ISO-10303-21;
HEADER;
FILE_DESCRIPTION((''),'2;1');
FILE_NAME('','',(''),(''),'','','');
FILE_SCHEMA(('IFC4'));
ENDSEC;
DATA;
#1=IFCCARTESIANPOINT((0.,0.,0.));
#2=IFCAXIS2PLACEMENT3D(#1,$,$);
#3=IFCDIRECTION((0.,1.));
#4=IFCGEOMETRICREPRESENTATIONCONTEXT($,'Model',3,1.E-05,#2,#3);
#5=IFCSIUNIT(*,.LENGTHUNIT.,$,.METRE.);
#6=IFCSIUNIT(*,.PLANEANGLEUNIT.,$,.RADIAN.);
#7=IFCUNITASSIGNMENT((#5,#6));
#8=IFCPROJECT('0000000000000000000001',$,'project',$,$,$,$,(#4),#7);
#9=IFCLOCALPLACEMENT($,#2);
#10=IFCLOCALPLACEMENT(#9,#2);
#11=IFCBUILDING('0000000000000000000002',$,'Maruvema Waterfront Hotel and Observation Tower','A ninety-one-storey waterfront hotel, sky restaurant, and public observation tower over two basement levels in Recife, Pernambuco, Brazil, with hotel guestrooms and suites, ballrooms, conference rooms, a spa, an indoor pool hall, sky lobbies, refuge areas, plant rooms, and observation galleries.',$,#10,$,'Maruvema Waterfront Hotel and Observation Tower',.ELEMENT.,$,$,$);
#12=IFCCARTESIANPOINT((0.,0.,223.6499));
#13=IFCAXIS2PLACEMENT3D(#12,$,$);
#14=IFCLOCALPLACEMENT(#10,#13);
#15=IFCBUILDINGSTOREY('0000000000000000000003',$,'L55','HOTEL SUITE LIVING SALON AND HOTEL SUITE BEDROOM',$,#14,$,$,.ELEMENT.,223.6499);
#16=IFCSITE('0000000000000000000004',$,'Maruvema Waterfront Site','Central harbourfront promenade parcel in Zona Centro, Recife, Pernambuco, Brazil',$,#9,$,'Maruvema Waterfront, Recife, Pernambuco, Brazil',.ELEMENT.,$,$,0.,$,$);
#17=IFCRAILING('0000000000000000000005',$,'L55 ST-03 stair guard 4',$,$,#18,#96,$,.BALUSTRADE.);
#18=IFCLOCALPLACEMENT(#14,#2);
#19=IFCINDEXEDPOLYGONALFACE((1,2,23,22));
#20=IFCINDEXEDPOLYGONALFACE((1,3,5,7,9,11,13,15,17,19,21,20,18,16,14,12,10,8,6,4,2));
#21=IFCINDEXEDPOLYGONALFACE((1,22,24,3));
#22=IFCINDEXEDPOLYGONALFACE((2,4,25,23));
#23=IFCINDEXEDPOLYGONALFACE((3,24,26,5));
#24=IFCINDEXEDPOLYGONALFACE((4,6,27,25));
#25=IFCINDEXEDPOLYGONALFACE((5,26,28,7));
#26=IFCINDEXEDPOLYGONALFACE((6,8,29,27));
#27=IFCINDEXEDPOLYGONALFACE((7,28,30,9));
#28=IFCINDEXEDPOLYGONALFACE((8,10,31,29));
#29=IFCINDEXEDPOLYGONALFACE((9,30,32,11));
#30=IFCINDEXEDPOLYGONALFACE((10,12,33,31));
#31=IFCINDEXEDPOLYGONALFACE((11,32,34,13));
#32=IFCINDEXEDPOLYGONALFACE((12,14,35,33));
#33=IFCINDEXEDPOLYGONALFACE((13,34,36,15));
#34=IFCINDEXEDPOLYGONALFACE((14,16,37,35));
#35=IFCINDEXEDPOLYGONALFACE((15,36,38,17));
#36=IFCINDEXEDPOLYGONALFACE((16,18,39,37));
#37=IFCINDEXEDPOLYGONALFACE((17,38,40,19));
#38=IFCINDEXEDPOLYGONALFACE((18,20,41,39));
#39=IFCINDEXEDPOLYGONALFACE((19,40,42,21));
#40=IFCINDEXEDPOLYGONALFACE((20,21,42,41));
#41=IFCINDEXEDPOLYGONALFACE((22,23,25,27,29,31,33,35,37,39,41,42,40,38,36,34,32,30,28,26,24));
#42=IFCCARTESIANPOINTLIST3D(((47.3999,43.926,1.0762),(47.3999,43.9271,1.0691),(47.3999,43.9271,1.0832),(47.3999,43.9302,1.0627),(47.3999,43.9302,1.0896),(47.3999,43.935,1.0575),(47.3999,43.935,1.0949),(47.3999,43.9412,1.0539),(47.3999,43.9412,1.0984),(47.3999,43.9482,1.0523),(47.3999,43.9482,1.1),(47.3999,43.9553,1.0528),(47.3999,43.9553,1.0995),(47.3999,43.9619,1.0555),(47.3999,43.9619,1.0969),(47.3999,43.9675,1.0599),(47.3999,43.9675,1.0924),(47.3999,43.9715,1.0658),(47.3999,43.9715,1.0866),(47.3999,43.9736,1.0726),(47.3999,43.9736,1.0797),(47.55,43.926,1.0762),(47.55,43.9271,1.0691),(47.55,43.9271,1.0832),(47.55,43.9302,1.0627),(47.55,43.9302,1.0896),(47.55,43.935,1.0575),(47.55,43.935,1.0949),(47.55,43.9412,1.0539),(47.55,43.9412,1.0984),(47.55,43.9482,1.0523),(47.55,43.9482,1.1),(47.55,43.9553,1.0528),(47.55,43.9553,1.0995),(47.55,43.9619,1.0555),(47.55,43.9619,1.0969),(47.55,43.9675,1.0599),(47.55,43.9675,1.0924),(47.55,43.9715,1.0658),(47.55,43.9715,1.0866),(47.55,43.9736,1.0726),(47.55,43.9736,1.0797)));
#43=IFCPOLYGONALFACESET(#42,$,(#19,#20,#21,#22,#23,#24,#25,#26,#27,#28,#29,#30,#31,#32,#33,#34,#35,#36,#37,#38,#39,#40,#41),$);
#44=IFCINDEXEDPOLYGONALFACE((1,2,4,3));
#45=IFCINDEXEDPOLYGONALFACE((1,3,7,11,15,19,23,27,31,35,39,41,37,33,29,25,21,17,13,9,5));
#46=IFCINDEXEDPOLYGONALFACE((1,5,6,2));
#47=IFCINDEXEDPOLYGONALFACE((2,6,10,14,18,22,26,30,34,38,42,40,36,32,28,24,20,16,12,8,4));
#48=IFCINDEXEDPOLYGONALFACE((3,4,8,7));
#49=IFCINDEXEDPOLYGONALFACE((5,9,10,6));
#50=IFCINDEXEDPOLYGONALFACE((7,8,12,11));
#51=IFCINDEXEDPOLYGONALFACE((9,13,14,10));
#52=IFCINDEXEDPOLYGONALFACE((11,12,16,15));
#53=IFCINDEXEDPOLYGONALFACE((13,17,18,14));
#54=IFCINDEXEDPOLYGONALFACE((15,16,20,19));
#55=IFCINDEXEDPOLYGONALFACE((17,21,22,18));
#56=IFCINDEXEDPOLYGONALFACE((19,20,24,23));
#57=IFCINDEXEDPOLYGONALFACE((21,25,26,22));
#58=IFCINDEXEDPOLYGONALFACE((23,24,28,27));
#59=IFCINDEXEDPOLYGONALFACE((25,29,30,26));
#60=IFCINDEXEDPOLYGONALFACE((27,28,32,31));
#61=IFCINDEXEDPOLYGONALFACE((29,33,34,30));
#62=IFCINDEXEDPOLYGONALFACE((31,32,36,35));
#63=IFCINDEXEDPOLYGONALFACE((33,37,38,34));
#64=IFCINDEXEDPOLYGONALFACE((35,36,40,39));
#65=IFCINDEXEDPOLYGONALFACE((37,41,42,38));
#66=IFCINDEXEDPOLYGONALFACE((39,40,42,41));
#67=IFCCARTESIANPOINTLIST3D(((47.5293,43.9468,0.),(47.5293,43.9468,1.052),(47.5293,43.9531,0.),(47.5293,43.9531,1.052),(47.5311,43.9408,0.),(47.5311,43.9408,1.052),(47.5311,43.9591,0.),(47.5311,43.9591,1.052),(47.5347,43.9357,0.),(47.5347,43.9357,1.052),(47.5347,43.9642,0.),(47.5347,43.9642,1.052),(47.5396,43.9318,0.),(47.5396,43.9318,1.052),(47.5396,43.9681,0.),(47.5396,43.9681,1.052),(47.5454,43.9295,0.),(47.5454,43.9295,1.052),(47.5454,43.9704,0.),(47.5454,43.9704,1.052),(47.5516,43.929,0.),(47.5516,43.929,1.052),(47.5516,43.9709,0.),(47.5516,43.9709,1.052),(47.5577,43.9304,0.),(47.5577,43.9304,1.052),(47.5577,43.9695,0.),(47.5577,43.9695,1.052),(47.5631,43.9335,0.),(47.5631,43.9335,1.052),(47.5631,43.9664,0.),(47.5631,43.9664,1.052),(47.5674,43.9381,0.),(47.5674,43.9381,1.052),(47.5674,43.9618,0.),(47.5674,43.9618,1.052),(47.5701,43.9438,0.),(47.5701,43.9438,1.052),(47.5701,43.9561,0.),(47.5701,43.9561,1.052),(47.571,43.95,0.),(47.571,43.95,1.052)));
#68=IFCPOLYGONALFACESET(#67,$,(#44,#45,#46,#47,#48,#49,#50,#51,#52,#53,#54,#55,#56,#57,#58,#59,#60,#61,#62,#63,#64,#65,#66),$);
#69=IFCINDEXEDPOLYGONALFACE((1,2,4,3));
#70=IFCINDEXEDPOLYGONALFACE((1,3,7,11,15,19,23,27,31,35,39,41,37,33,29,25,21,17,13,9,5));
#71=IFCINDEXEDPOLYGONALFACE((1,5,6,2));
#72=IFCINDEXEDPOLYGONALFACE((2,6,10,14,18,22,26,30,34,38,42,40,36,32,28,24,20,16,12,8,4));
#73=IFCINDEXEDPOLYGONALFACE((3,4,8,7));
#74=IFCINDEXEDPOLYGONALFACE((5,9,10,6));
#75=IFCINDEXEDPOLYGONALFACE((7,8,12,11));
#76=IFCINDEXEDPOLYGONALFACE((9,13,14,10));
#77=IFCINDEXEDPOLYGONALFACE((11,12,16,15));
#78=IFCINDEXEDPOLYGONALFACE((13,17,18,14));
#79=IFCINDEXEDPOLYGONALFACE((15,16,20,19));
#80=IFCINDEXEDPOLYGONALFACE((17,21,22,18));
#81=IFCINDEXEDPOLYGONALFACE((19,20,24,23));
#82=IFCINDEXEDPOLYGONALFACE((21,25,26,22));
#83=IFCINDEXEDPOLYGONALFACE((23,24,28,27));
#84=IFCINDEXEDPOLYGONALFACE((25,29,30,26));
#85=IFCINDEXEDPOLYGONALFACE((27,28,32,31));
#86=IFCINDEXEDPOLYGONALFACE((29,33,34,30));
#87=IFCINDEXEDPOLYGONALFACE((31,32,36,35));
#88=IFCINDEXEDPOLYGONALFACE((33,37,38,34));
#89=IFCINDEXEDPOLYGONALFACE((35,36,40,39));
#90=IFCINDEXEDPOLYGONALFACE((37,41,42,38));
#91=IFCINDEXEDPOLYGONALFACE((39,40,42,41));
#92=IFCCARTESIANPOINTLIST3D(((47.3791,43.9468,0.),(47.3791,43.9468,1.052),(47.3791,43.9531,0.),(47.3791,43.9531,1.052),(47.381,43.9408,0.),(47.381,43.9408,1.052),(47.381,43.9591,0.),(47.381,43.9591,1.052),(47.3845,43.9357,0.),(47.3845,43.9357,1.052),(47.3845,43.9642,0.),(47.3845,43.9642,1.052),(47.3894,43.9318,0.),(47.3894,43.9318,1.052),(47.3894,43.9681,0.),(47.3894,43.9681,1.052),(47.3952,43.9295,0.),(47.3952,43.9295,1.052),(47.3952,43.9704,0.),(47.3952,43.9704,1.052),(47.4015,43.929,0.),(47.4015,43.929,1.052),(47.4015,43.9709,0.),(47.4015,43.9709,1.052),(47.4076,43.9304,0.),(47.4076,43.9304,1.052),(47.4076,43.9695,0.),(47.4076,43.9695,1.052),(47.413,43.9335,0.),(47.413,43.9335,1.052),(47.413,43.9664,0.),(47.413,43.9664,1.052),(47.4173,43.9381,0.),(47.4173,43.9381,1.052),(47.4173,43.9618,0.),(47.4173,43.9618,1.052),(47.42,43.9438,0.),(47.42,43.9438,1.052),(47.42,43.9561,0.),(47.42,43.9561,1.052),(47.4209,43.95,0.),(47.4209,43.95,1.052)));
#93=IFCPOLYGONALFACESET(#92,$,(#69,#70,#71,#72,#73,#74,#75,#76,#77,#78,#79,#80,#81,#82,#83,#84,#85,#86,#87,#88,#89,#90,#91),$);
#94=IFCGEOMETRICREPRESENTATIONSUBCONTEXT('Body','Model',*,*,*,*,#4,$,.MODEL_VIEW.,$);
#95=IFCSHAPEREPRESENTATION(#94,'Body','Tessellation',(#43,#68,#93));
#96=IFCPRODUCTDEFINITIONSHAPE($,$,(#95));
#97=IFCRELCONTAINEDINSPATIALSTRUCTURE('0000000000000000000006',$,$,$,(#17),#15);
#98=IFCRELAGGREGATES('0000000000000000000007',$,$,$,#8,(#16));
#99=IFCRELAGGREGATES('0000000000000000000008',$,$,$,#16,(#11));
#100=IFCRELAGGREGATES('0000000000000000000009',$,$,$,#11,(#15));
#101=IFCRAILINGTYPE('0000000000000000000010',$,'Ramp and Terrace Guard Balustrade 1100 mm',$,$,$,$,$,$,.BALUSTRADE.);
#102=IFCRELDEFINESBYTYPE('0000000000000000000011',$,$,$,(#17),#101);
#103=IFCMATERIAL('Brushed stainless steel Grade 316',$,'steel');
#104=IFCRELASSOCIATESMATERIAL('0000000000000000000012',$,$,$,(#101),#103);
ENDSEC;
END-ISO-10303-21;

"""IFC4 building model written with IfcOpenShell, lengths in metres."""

from ifc_helpers import new_model, si_unit, direction, frame, origin, origin_2d, place, context, subcontext, project, spatial, circle, extrude, material, type_object, element, save


model = new_model("IFC4")

# Units and contexts
model_context = context("Model", 3, precision=1e-05, world=origin(), true_north=direction((0.0, 1.0)))
body_context = subcontext(model_context, "Body", "Model", "MODEL_VIEW")
ifc_project = project(units=[si_unit("LENGTHUNIT", "METRE"), si_unit("PLANEANGLEUNIT", "RADIAN")], contexts=[model_context])

# Site, building, storey
site_placement = place(None, origin())
site = spatial("IfcSite", under=ifc_project, at=site_placement, Name="Maruvema Waterfront Site", Description="Central harbourfront promenade parcel in Zona Centro, Recife, Pernambuco, Brazil", LongName="Maruvema Waterfront, Recife, Pernambuco, Brazil", CompositionType="ELEMENT", RefElevation=0.0)
building_placement = place(site_placement, origin())
building = spatial("IfcBuilding", under=site, at=building_placement, Name="Maruvema Waterfront Hotel and Observation Tower", Description="A ninety-one-storey waterfront hotel, sky restaurant, and public observation tower over two basement levels in Recife, Pernambuco, Brazil, with hotel guestrooms and suites, ballrooms, conference rooms, a spa, an indoor pool hall, sky lobbies, refuge areas, plant rooms, and observation galleries.", LongName="Maruvema Waterfront Hotel and Observation Tower", CompositionType="ELEMENT")
storey_placement = place(building_placement, frame((0.0, 0.0, 223.6499)))
storey = spatial("IfcBuildingStorey", under=building, at=storey_placement, Name="L55", Description="HOTEL SUITE LIVING SALON AND HOTEL SUITE BEDROOM", CompositionType="ELEMENT", Elevation=223.6499)

# Railing
ifc_material_1 = material(Name="Brushed stainless steel Grade 316", Category="steel")
railing_type = type_object("IfcRailingType", Name="Ramp and Terrace Guard Balustrade 1100 mm", PredefinedType="BALUSTRADE", material=ifc_material_1)
railing_placement = place(storey_placement, frame((47.55, 43.95, 0.0)))
element("IfcRailing", 1, at=railing_placement, inside=storey, type_object=railing_type, Name="L55 ST-03 stair guard 4", PredefinedType="BALUSTRADE", context=body_context, shape_type="SweptSolid", body=[
    extrude(circle(Radius=0.0239, at=origin_2d()), frame((0.0, 0.0, 1.0762), z_axis=(-1.0, 0.0, 0.0), x_axis=(0.0, -1.0, 0.0)), (0.0, 0.0, 1.0), 0.1501),
    extrude(circle(Radius=0.021, at=origin_2d()), origin(), (0.0, 0.0, 1.0), 1.052),
    extrude(circle(Radius=0.021, at=origin_2d()), frame((-0.1501, 0.0, 0.0)), (0.0, 0.0, 1.0), 1.052),
])

save(model, "model.ifc")
